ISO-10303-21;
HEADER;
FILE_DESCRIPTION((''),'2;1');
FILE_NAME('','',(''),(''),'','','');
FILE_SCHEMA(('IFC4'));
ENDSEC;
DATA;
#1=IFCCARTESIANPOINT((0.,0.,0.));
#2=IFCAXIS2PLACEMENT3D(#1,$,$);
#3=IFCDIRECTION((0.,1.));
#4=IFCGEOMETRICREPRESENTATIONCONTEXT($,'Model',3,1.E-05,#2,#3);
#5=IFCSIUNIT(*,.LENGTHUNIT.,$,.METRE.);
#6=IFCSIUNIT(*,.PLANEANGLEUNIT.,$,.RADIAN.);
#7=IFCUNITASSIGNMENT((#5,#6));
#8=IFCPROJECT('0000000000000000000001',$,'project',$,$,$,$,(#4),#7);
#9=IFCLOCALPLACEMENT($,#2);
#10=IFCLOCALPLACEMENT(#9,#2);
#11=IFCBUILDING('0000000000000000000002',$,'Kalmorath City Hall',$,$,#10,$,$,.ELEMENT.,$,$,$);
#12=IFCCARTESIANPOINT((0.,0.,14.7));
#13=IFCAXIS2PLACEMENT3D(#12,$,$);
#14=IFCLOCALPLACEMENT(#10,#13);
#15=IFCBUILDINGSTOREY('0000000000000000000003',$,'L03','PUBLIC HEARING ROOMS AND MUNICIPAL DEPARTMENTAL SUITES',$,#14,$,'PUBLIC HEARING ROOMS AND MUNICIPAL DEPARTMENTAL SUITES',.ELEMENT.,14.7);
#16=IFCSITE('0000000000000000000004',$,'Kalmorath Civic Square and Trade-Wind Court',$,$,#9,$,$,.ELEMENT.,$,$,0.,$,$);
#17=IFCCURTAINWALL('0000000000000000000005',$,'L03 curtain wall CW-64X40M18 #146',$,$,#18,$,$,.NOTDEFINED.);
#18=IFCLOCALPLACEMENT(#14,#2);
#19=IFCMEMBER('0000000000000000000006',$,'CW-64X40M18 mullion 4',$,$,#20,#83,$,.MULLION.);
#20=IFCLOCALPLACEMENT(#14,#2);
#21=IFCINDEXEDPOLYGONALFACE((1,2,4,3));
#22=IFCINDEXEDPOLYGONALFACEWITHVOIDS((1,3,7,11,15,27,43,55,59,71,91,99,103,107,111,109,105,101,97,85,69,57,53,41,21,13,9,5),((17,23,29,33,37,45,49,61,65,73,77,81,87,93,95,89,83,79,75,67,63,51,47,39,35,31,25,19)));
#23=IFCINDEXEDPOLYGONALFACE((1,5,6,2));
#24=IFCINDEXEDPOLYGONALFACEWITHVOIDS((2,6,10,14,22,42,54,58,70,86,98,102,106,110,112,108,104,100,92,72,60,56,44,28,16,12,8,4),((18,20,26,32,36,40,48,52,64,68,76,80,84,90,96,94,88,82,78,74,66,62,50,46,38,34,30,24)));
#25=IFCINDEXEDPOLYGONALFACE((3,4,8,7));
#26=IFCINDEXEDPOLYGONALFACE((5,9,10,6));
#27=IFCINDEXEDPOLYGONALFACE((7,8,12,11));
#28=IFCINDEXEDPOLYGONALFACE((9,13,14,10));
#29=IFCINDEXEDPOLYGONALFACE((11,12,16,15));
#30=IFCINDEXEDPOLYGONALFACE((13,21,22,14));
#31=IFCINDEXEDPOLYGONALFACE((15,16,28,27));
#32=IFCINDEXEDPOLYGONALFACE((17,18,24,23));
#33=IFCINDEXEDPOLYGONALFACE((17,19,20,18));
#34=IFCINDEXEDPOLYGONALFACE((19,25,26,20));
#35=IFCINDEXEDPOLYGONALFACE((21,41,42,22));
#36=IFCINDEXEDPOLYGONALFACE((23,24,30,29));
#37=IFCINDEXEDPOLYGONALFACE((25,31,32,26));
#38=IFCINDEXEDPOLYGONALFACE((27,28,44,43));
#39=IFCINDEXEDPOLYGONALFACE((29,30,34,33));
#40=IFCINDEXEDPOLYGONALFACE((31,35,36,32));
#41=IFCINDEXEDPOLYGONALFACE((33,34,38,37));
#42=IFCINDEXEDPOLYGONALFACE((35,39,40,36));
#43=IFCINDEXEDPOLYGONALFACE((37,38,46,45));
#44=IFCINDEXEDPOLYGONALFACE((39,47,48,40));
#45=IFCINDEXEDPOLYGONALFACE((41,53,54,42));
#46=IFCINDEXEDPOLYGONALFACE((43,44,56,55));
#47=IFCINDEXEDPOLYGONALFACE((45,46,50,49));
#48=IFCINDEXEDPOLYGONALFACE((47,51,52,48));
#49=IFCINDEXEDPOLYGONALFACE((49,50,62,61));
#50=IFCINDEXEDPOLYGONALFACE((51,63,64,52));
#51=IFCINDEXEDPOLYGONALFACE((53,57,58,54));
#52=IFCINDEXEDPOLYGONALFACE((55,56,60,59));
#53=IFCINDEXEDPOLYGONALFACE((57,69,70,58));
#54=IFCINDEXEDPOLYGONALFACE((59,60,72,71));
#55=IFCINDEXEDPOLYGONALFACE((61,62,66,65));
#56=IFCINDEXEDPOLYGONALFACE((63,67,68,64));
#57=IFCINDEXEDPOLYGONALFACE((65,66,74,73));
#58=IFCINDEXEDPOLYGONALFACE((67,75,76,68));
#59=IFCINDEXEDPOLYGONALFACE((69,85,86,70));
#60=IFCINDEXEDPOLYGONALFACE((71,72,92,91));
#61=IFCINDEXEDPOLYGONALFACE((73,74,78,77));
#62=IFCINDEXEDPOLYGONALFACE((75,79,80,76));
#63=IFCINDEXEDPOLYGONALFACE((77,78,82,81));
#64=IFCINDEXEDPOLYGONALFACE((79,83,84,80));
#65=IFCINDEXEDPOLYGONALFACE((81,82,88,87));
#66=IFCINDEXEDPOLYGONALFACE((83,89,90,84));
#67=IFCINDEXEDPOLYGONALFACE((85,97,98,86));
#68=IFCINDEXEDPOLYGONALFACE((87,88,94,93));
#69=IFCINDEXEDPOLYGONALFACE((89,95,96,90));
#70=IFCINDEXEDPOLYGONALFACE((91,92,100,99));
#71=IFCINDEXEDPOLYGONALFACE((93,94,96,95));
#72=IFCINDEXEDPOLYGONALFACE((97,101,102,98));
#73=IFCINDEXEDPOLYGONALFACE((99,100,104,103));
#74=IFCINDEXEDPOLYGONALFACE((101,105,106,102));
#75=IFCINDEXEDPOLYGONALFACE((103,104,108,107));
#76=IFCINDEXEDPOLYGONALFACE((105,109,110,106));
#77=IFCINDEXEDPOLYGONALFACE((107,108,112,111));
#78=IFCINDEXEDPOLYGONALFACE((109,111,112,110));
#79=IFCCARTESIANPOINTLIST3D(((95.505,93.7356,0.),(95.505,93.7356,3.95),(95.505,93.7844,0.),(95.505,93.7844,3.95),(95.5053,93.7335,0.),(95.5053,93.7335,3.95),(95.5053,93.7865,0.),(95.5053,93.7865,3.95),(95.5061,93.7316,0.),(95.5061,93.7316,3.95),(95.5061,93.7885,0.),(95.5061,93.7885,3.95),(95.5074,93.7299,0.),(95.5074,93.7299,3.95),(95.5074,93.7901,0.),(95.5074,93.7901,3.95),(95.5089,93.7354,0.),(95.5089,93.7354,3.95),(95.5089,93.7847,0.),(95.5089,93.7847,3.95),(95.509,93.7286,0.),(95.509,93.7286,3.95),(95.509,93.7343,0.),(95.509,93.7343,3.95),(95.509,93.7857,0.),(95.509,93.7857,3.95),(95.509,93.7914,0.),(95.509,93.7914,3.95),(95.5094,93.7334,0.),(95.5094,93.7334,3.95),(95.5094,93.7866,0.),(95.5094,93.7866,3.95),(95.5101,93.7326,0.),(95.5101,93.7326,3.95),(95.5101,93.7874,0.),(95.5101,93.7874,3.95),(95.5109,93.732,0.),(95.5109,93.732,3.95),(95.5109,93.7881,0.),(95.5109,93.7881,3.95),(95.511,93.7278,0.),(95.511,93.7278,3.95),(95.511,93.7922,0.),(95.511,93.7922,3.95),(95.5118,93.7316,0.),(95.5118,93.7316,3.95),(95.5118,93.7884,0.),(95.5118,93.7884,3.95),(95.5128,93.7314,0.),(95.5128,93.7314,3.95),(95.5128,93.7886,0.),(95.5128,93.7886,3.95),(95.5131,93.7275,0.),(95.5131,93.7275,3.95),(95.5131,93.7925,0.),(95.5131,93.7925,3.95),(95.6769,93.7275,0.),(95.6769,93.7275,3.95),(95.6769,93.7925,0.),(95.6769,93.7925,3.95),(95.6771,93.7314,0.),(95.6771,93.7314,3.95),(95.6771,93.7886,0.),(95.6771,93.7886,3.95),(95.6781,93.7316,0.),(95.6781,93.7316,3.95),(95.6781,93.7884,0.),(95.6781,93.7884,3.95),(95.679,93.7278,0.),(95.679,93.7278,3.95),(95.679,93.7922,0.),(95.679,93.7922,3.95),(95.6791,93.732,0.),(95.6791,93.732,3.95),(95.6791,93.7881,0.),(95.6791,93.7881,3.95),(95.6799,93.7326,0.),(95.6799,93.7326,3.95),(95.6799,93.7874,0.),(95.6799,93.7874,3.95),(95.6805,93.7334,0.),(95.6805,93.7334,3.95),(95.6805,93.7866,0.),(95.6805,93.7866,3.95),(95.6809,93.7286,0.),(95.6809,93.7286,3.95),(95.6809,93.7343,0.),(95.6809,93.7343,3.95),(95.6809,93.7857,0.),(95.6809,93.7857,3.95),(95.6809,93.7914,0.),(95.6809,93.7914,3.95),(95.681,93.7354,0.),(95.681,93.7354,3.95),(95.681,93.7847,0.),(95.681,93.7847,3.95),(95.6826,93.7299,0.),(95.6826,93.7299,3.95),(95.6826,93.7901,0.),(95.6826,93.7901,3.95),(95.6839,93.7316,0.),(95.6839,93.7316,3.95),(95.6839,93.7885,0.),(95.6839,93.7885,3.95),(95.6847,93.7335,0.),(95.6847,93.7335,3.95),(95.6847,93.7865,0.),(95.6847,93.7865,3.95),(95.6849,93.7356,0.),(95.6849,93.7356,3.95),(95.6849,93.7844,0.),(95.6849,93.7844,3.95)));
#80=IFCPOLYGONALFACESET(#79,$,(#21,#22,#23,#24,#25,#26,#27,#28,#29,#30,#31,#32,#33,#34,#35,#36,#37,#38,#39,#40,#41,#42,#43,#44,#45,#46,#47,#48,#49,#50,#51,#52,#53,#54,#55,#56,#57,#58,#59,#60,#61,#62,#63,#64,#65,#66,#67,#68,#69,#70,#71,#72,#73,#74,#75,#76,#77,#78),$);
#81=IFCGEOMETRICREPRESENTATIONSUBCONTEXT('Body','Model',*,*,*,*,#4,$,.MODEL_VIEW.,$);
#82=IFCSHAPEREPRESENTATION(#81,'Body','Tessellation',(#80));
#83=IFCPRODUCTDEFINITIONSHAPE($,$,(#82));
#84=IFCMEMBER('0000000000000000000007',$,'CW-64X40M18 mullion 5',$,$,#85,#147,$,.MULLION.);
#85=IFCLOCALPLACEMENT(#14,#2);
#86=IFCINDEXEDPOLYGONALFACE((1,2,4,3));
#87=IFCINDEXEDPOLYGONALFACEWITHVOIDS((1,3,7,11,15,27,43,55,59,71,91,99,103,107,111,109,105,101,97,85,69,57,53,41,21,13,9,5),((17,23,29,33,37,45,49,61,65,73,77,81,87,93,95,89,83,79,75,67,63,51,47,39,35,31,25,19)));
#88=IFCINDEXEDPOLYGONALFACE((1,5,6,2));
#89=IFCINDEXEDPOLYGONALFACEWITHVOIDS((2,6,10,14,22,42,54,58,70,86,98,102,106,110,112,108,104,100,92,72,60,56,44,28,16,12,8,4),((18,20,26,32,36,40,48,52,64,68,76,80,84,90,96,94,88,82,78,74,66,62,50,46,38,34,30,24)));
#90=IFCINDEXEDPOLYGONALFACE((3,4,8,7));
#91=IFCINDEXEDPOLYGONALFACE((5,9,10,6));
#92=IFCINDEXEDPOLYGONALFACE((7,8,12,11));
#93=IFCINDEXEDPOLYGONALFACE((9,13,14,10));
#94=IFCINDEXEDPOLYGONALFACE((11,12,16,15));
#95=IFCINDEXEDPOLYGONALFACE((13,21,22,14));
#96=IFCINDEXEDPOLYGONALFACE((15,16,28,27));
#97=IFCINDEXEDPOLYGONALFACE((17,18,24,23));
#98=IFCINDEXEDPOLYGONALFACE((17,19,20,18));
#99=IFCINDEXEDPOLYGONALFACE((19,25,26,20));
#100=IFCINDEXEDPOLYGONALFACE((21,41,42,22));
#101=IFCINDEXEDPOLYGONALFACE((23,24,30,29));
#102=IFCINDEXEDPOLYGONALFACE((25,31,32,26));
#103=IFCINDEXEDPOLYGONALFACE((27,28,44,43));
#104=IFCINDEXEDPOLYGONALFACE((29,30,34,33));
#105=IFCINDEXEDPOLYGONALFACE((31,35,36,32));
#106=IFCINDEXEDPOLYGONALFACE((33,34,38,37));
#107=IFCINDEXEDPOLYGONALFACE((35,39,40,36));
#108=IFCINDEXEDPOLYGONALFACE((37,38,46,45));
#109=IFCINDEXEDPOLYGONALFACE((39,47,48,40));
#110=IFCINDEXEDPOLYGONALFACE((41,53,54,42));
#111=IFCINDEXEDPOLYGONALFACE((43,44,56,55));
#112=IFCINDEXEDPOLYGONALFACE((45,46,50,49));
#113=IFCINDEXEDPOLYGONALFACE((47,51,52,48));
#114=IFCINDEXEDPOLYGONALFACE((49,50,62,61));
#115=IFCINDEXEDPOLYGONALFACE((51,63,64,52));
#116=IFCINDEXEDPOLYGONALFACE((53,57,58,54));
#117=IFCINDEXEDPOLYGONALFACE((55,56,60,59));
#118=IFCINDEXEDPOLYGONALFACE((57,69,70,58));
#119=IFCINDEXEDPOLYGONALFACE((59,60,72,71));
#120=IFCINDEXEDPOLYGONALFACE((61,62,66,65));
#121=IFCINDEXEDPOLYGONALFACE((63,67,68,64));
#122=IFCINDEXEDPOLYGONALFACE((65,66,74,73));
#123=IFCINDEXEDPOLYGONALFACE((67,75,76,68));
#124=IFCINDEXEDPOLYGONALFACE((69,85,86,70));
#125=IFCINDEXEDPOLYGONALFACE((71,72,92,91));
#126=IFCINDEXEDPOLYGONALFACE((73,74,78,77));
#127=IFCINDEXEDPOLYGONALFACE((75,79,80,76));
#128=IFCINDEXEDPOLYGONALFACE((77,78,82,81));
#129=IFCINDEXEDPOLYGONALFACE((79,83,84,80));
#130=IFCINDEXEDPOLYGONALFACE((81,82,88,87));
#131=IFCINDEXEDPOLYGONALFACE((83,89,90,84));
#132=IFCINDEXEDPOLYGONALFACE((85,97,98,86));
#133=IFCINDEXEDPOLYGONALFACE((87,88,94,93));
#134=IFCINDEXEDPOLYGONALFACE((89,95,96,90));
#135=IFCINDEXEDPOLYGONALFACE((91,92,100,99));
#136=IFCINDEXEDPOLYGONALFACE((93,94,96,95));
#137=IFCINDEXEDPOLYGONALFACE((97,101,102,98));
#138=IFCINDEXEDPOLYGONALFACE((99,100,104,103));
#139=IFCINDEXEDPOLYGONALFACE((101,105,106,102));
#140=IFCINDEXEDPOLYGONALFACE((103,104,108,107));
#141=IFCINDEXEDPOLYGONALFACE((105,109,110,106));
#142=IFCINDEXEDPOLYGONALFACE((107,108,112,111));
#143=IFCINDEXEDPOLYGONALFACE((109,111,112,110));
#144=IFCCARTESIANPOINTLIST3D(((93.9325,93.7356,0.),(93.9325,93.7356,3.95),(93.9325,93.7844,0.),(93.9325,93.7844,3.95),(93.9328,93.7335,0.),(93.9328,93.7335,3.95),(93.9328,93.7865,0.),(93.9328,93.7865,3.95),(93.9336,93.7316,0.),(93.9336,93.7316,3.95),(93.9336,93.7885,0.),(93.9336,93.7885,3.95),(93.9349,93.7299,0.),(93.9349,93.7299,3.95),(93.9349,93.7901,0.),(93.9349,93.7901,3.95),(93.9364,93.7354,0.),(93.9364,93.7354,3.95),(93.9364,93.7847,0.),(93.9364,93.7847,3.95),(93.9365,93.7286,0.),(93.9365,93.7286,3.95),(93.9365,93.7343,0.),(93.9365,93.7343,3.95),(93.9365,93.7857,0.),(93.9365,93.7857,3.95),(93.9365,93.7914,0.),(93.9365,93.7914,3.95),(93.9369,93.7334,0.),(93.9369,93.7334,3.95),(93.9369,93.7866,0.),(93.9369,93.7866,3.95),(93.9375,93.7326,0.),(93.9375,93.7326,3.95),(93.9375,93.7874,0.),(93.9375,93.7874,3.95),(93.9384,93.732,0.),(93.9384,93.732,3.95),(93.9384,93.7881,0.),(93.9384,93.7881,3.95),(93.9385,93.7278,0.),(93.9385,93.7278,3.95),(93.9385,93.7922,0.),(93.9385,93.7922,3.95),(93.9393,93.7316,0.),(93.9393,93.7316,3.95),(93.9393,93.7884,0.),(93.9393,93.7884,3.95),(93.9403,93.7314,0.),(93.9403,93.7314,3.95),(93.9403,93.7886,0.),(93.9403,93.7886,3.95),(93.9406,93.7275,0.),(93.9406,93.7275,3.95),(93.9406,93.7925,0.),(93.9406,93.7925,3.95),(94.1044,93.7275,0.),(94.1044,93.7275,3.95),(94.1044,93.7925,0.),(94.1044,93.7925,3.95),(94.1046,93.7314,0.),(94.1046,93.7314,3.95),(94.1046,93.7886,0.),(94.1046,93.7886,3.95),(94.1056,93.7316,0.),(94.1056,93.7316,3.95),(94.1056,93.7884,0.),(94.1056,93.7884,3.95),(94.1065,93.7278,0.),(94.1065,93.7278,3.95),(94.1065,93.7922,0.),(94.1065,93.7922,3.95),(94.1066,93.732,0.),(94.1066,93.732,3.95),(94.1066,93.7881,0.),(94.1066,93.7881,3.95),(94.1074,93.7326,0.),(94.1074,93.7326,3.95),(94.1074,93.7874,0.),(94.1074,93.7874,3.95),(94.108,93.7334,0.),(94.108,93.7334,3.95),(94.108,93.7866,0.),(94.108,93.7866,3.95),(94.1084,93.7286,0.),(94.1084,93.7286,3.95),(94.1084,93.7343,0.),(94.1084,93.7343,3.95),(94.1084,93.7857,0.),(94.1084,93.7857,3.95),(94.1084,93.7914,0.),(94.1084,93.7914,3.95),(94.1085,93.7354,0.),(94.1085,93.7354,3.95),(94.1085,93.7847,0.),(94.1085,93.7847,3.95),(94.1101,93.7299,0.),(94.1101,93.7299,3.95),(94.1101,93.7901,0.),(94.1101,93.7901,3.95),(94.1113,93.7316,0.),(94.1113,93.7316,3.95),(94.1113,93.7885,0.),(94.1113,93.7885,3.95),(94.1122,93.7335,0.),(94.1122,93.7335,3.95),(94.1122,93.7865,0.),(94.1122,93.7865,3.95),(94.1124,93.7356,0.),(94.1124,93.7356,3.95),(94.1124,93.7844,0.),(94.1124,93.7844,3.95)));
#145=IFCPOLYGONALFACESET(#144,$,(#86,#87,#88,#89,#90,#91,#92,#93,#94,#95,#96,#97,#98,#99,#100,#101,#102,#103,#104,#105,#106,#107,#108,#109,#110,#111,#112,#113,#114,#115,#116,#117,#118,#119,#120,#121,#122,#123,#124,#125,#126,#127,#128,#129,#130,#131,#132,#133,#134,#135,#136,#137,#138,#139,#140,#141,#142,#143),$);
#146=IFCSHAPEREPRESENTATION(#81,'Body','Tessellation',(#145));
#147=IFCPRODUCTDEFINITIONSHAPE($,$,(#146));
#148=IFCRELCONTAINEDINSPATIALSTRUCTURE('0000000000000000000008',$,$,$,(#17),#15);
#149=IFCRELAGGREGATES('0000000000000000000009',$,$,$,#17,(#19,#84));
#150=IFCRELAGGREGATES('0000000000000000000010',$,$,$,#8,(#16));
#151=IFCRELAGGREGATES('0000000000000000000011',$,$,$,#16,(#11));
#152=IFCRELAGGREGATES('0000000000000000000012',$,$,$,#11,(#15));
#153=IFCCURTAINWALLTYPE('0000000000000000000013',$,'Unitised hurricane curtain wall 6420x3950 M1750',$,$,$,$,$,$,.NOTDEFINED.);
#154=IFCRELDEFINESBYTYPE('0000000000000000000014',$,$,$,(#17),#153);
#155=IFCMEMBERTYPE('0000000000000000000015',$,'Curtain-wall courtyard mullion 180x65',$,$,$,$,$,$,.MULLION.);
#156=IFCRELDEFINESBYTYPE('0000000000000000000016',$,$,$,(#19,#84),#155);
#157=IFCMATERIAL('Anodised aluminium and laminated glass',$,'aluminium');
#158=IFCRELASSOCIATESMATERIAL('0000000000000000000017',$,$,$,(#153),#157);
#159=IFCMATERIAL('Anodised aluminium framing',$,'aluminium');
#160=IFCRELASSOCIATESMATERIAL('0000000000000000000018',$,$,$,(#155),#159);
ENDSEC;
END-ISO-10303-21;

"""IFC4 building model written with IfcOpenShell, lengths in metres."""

from ifc_helpers import new_model, si_unit, direction, frame, origin, origin_2d, place, context, subcontext, project, spatial, hollow_rectangle, extrude, material, material_profile, profile_set, type_object, element, aggregate, save


model = new_model("IFC4")

# Units and contexts
model_context = context("Model", 3, precision=1e-05, world=origin(), true_north=direction((0.0, 1.0)))
body_context = subcontext(model_context, "Body", "Model", "MODEL_VIEW")
ifc_project = project(units=[si_unit("LENGTHUNIT", "METRE"), si_unit("PLANEANGLEUNIT", "RADIAN")], contexts=[model_context])

# Site, building, storey
site_placement = place(None, origin())
site = spatial("IfcSite", under=ifc_project, at=site_placement, Name="Kalmorath Civic Square and Trade-Wind Court", CompositionType="ELEMENT", RefElevation=0.0)
building_placement = place(site_placement, origin())
building = spatial("IfcBuilding", under=site, at=building_placement, Name="Kalmorath City Hall", CompositionType="ELEMENT")
storey_placement = place(building_placement, frame((0.0, 0.0, 14.7)))
storey = spatial("IfcBuildingStorey", under=building, at=storey_placement, Name="L03", Description="PUBLIC HEARING ROOMS AND MUNICIPAL DEPARTMENTAL SUITES", LongName="PUBLIC HEARING ROOMS AND MUNICIPAL DEPARTMENTAL SUITES", CompositionType="ELEMENT", Elevation=14.7)

# Curtain wall, members
ifc_material_1 = material(Name="Anodised aluminium and laminated glass", Category="aluminium")
curtain_wall_type_1 = type_object("IfcCurtainWallType", Name="Unitised hurricane curtain wall 6420x3950 M1750", PredefinedType="NOTDEFINED", material=ifc_material_1)
curtain_wall_1_placement = place(storey_placement, origin())
curtain_wall_1 = element("IfcCurtainWall", 1, at=curtain_wall_1_placement, inside=storey, type_object=curtain_wall_type_1, Name="L03 curtain wall CW-64X40M18 #146", PredefinedType="NOTDEFINED")
ifc_material_2 = material(Name="Anodised aluminium framing", Category="aluminium")
ifc_material_profile_1 = material_profile(ifc_material_2, hollow_rectangle(XDim=0.0649, YDim=0.1799, WallThickness=0.0039, InnerFilletRadius=0.0039, OuterFilletRadius=0.0081, at=origin_2d()), Name="ALU-MUL-180X65X4")
ifc_profile_set_1 = profile_set([ifc_material_profile_1], Name="Anodised aluminium framing")
member_type_1 = type_object("IfcMemberType", Name="Curtain-wall courtyard mullion 180x65", PredefinedType="MULLION", material=ifc_profile_set_1)
member_1_placement = place(storey_placement, frame((95.595, 93.76, 0.0), z_axis=(0.0, 0.0, 1.0), x_axis=(0.0, -1.0, 0.0)))
member_1 = element("IfcMember", 2, at=member_1_placement, type_object=member_type_1, Name="CW-64X40M18 mullion 4", PredefinedType="MULLION", context=body_context, shape_type="SweptSolid", body=[
    extrude(hollow_rectangle(XDim=0.0649, YDim=0.1799, WallThickness=0.0039, InnerFilletRadius=0.0039, OuterFilletRadius=0.0081, at=origin_2d()), origin(), (0.0, 0.0, 1.0), 3.95),
])
member_2_placement = place(storey_placement, frame((94.0225, 93.76, 0.0), z_axis=(0.0, 0.0, 1.0), x_axis=(0.0, -1.0, 0.0)))
member_2 = element("IfcMember", 3, at=member_2_placement, type_object=member_type_1, Name="CW-64X40M18 mullion 5", PredefinedType="MULLION", context=body_context, shape_type="SweptSolid", body=[
    extrude(hollow_rectangle(XDim=0.0649, YDim=0.1799, WallThickness=0.0039, InnerFilletRadius=0.0039, OuterFilletRadius=0.0081, at=origin_2d()), origin(), (0.0, 0.0, 1.0), 3.95),
])

aggregate(curtain_wall_1, [member_1, member_2])

save(model, "model.ifc")
